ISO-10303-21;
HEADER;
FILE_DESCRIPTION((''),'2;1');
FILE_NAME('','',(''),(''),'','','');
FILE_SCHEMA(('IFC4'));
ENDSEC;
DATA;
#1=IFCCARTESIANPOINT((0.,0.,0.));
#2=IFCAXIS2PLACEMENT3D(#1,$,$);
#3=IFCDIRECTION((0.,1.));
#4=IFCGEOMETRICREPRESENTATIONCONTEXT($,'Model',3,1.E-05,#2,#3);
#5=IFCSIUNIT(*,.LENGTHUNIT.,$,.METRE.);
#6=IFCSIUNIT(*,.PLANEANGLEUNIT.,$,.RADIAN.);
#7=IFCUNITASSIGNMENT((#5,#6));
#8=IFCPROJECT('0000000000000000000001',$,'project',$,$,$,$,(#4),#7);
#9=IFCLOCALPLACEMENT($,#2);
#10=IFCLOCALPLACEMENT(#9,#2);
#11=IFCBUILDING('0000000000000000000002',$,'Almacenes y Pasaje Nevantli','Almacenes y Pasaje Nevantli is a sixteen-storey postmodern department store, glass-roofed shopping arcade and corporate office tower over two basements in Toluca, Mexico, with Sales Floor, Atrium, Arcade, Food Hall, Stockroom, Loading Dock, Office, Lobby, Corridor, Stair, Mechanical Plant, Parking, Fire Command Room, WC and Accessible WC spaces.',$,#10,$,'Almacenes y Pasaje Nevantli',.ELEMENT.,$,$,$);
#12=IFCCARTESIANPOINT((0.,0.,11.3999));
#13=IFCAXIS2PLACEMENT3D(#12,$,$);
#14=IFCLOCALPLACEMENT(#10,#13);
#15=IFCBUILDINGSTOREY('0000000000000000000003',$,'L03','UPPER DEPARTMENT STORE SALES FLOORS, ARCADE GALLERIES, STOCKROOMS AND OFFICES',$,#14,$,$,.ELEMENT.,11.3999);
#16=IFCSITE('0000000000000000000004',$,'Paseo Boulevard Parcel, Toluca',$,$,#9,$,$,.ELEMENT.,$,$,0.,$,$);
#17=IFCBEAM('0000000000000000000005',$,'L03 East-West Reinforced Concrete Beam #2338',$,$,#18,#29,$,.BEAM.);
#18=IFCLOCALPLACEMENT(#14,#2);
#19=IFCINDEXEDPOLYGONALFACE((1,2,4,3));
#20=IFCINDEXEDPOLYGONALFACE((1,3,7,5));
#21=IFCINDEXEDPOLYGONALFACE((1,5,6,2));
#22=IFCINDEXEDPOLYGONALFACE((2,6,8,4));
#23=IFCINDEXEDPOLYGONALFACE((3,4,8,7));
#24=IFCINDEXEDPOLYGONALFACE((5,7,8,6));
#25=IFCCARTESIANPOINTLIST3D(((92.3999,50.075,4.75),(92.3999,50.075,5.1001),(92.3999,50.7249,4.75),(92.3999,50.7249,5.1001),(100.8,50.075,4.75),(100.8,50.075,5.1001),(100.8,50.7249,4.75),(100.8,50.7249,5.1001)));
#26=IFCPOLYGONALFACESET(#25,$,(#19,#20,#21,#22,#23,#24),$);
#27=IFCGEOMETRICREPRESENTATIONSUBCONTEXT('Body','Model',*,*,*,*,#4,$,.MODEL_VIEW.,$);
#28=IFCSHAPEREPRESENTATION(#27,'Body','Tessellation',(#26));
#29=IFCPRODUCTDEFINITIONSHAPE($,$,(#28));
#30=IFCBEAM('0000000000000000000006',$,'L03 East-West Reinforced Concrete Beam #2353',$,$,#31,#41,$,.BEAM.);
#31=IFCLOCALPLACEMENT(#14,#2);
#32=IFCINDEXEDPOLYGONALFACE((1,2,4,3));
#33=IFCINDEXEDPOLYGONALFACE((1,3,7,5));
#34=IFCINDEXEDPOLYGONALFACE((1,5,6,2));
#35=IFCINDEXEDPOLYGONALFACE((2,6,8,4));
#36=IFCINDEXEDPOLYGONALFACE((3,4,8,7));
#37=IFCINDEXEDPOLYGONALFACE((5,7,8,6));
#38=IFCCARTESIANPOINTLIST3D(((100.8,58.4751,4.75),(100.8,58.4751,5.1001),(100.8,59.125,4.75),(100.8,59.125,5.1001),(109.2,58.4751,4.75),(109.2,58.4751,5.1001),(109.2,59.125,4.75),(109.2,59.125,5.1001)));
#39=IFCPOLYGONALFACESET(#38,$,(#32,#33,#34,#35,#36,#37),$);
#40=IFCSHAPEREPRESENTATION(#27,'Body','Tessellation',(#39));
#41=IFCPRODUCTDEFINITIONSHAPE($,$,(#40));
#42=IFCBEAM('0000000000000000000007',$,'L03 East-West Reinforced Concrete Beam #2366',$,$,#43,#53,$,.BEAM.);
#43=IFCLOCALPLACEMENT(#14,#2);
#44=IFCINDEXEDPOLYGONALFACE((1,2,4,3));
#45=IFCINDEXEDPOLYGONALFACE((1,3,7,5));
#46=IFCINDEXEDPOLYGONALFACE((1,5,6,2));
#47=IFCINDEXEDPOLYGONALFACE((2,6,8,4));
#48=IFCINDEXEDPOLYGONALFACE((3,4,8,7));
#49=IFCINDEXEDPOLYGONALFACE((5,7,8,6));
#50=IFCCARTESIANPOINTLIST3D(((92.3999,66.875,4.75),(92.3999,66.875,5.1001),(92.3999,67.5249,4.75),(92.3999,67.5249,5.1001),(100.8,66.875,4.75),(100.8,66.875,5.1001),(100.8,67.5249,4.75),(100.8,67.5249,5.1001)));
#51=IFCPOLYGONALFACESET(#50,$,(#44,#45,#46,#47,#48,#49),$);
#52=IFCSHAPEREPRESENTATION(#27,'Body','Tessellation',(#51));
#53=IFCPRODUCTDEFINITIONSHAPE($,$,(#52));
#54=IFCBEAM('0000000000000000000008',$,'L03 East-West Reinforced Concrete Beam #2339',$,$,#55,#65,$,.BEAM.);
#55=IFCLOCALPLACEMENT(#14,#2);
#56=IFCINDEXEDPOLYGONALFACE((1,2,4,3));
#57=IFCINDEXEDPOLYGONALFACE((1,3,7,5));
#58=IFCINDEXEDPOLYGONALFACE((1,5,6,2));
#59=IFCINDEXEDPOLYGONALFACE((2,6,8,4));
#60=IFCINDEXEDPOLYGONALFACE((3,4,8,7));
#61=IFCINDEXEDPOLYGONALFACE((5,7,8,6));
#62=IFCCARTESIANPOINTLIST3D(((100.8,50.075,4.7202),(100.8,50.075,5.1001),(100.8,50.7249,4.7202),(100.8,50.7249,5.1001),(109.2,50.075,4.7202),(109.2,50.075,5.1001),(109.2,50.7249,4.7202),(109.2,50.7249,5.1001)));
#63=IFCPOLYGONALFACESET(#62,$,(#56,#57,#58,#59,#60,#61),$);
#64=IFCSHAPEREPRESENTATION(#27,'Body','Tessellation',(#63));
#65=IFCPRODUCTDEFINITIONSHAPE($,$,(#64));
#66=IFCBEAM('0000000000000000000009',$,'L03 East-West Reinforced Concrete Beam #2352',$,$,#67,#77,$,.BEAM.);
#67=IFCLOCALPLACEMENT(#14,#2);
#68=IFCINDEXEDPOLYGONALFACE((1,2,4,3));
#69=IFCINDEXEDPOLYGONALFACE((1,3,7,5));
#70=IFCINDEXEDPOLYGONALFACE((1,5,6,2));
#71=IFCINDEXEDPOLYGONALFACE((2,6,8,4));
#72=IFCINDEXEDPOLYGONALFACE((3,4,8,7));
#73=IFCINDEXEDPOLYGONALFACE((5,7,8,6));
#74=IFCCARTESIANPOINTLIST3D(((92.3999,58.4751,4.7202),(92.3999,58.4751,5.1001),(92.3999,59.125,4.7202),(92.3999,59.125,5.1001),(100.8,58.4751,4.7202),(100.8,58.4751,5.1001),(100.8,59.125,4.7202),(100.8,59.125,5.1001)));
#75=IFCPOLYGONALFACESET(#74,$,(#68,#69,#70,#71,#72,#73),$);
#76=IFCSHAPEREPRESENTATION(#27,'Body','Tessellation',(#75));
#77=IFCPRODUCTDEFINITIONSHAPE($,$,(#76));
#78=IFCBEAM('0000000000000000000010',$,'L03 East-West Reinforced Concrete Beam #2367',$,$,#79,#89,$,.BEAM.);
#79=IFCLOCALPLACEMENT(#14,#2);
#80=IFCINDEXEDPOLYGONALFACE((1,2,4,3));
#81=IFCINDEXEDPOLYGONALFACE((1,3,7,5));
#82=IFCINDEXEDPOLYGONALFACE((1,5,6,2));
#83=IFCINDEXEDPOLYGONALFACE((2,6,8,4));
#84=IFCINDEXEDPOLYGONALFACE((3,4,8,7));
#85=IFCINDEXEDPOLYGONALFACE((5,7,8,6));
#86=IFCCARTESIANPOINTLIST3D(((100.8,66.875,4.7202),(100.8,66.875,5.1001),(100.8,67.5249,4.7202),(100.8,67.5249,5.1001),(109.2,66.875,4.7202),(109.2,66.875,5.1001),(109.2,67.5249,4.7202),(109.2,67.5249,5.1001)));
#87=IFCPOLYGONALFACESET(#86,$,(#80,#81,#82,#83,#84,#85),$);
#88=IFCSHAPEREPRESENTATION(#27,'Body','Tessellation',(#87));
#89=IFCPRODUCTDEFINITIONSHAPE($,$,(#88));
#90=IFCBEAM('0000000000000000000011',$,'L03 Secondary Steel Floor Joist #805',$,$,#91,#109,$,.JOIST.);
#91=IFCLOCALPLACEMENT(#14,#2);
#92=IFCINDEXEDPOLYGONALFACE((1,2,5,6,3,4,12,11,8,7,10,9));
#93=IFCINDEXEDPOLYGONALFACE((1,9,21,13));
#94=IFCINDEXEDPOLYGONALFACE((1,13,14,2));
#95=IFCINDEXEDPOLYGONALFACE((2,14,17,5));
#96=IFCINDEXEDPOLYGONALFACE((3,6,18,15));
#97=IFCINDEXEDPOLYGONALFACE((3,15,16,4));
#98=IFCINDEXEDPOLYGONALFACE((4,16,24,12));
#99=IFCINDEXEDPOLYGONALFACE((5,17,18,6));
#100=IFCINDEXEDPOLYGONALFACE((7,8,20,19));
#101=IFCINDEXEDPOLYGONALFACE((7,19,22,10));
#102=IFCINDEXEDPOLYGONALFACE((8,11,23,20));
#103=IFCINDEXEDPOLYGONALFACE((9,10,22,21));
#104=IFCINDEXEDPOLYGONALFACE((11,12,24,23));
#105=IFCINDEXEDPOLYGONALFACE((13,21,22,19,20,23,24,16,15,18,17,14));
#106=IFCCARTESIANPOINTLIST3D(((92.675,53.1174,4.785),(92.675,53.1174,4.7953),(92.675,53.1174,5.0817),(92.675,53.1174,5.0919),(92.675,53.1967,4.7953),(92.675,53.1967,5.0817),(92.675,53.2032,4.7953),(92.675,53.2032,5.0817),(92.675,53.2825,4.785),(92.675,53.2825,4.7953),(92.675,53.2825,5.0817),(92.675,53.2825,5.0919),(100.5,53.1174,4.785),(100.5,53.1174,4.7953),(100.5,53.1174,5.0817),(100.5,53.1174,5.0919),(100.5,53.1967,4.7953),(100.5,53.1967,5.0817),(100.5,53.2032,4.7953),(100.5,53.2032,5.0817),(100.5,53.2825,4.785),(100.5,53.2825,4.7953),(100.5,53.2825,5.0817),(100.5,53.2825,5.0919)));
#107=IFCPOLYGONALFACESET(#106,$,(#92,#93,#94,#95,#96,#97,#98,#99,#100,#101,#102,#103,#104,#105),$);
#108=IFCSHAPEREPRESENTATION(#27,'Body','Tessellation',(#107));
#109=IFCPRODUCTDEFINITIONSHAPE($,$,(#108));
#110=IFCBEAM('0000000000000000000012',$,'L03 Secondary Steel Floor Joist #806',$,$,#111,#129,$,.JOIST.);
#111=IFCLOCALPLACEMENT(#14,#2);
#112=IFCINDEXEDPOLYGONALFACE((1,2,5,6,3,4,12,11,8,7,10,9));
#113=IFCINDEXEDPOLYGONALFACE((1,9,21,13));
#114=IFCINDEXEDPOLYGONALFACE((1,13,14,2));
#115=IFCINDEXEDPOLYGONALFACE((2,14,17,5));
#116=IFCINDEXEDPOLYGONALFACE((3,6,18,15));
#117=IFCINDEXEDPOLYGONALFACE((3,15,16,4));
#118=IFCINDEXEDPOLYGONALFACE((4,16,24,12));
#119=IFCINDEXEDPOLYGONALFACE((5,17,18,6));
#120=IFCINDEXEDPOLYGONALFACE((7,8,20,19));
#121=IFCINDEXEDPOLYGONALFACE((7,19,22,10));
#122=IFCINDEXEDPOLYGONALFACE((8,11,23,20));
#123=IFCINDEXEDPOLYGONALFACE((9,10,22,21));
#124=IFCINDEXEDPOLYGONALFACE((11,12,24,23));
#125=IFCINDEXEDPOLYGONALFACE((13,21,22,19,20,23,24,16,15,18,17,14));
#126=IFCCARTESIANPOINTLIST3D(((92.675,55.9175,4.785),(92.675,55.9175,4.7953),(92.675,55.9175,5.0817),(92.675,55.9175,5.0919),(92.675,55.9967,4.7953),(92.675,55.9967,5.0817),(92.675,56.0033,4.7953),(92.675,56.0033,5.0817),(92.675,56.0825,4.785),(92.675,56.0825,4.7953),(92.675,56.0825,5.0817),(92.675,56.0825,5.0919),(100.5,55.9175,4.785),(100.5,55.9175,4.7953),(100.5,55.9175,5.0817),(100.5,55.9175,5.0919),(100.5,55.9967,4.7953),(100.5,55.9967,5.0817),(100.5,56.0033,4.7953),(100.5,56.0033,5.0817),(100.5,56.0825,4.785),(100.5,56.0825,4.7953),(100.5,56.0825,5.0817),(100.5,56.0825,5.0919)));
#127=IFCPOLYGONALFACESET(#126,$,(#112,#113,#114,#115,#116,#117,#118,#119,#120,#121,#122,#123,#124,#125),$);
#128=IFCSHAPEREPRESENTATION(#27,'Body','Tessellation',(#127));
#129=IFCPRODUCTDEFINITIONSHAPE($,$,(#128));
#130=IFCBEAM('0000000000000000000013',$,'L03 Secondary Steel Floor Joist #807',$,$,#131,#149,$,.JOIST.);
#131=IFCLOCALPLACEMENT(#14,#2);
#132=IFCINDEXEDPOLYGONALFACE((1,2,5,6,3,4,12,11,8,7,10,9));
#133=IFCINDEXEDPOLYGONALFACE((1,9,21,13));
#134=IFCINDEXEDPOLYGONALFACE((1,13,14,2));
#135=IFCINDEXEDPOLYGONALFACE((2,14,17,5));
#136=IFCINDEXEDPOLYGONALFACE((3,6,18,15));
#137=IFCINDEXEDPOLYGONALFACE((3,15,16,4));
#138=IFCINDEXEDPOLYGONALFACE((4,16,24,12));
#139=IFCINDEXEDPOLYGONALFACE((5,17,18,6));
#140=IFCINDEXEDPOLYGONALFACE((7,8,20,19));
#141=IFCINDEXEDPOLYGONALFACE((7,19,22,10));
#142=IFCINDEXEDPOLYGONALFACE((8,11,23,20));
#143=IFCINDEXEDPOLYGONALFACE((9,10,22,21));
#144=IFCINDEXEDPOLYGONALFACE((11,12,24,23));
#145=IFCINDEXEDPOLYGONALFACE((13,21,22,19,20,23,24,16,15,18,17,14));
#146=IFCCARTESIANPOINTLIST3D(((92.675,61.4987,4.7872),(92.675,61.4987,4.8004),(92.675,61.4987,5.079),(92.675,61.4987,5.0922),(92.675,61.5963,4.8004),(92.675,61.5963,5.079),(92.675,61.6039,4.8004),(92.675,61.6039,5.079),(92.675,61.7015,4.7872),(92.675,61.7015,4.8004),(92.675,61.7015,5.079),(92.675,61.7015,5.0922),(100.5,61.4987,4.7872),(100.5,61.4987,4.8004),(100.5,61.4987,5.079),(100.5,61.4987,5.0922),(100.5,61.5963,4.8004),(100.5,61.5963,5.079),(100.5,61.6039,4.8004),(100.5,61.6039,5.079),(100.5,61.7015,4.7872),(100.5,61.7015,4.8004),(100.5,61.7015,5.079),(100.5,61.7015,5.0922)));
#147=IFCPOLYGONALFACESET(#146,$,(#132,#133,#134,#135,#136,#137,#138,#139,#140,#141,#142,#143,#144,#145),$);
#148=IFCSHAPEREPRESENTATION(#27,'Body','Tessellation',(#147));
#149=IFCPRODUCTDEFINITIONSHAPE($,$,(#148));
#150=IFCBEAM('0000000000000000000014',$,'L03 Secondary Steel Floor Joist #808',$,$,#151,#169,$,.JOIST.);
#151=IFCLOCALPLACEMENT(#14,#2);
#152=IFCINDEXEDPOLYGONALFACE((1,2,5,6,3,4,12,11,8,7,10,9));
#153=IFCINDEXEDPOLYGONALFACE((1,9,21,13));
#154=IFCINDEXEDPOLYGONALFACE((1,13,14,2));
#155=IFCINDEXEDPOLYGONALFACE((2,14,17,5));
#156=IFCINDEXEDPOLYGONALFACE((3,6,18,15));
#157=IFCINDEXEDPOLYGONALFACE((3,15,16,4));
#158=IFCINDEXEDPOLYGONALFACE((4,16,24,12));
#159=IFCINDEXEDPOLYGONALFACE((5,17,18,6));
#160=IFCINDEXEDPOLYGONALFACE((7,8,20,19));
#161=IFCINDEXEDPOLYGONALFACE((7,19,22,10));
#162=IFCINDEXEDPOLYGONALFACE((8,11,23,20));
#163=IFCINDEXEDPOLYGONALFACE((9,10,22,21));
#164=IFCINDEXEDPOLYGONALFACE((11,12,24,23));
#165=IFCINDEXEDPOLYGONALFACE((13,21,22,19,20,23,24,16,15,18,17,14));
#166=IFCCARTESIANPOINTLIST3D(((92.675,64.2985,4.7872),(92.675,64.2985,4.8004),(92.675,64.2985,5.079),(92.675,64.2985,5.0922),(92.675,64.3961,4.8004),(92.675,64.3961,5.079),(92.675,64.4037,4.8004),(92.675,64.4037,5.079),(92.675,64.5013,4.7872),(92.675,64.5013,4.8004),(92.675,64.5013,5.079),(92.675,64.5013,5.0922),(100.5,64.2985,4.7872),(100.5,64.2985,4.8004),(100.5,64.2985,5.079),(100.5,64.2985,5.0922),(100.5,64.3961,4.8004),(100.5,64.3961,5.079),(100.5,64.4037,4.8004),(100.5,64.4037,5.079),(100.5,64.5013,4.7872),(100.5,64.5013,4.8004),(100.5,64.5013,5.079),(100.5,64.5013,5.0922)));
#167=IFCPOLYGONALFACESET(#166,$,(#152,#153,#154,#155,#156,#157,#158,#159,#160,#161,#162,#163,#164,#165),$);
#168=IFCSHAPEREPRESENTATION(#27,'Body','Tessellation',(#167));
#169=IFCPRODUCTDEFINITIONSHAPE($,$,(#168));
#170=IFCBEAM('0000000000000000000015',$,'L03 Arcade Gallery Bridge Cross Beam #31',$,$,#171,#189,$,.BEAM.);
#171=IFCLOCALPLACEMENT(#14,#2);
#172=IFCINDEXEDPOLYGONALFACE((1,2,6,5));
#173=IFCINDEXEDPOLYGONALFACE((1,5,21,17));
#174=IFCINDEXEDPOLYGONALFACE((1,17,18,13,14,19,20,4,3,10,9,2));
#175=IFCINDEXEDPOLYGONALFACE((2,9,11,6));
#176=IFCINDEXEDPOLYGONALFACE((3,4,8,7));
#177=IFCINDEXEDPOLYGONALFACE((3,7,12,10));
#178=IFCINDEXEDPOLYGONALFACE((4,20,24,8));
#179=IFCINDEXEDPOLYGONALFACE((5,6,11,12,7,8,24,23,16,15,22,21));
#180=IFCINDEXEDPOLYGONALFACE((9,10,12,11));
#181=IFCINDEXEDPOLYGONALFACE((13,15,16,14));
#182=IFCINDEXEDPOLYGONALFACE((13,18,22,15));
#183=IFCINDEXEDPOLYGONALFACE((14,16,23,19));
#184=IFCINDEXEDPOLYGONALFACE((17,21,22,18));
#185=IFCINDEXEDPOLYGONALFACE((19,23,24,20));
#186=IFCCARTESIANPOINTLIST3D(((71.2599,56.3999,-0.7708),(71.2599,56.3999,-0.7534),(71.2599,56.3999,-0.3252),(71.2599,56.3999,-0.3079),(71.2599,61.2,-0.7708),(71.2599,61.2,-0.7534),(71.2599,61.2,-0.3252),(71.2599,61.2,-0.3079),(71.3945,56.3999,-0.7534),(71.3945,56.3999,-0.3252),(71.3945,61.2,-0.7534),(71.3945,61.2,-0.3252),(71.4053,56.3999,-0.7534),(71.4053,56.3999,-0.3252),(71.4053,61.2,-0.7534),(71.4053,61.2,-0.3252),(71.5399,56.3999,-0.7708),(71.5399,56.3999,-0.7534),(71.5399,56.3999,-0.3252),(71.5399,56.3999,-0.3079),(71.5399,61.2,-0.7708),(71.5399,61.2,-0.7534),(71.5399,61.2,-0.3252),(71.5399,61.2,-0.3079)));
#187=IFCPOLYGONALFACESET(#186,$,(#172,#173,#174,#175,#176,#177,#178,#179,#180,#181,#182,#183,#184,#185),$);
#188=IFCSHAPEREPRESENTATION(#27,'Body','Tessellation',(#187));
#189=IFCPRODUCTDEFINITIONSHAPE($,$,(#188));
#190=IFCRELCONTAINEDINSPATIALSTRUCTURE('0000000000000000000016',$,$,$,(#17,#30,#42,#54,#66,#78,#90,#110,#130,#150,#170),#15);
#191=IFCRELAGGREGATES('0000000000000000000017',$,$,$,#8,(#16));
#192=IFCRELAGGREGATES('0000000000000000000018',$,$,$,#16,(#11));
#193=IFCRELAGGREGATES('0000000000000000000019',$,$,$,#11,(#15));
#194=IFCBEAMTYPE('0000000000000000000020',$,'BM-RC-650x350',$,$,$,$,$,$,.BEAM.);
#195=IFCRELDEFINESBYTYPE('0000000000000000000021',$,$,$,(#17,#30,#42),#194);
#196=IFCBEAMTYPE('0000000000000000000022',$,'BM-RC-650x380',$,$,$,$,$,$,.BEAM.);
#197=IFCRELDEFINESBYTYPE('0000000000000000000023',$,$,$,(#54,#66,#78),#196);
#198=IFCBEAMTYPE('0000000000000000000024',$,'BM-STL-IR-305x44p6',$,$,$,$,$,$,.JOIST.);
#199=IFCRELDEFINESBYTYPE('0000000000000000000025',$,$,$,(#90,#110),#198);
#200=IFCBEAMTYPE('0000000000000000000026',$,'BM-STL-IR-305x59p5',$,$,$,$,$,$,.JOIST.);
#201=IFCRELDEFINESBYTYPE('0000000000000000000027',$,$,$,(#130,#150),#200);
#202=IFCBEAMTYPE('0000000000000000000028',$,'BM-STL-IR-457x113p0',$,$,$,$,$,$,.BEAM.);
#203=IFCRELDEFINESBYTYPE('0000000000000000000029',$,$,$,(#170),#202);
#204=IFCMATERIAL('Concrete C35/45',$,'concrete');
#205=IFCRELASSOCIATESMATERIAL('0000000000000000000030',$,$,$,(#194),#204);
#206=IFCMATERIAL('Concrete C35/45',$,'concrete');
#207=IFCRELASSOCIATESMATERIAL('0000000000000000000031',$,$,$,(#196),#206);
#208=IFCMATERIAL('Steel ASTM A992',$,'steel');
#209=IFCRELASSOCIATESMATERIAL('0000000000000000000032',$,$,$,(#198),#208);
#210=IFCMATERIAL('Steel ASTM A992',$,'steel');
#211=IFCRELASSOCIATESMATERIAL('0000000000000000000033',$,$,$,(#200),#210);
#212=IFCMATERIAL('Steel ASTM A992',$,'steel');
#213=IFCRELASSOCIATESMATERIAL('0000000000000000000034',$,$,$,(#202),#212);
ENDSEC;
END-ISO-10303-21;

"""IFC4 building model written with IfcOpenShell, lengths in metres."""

from ifc_helpers import new_model, si_unit, direction, frame, origin, origin_2d, place, context, subcontext, project, spatial, rectangle, i_section, extrude, material, material_profile, profile_set, type_object, element, save


model = new_model("IFC4")

# Units and contexts
model_context = context("Model", 3, precision=1e-05, world=origin(), true_north=direction((0.0, 1.0)))
body_context = subcontext(model_context, "Body", "Model", "MODEL_VIEW")
ifc_project = project(units=[si_unit("LENGTHUNIT", "METRE"), si_unit("PLANEANGLEUNIT", "RADIAN")], contexts=[model_context])

# Site, building, storey
site_placement = place(None, origin())
site = spatial("IfcSite", under=ifc_project, at=site_placement, Name="Paseo Boulevard Parcel, Toluca", CompositionType="ELEMENT", RefElevation=0.0)
building_placement = place(site_placement, origin())
building = spatial("IfcBuilding", under=site, at=building_placement, Name="Almacenes y Pasaje Nevantli", Description="Almacenes y Pasaje Nevantli is a sixteen-storey postmodern department store, glass-roofed shopping arcade and corporate office tower over two basements in Toluca, Mexico, with Sales Floor, Atrium, Arcade, Food Hall, Stockroom, Loading Dock, Office, Lobby, Corridor, Stair, Mechanical Plant, Parking, Fire Command Room, WC and Accessible WC spaces.", LongName="Almacenes y Pasaje Nevantli", CompositionType="ELEMENT")
storey_placement = place(building_placement, frame((0.0, 0.0, 11.3999)))
storey = spatial("IfcBuildingStorey", under=building, at=storey_placement, Name="L03", Description="UPPER DEPARTMENT STORE SALES FLOORS, ARCADE GALLERIES, STOCKROOMS AND OFFICES", CompositionType="ELEMENT", Elevation=11.3999)

# Beams
ifc_material_1 = material(Name="Concrete C35/45", Category="concrete")
ifc_material_profile_1 = material_profile(ifc_material_1, rectangle(XDim=0.6499, YDim=0.3501, at=origin_2d()), Name="RC-BM-650x350")
ifc_profile_set_1 = profile_set([ifc_material_profile_1], Name="Concrete C35/45")
beam_type_1 = type_object("IfcBeamType", Name="BM-RC-650x350", PredefinedType="BEAM", material=ifc_profile_set_1)
beam_1_placement = place(storey_placement, frame((92.3999, 50.3999, 4.925), z_axis=(1.0, 0.0, 0.0), x_axis=(0.0, 1.0, 0.0)))
element("IfcBeam", 1, at=beam_1_placement, inside=storey, type_object=beam_type_1, Name="L03 East-West Reinforced Concrete Beam #2338", PredefinedType="BEAM", context=body_context, shape_type="SweptSolid", body=[
    extrude(rectangle(XDim=0.6499, YDim=0.3501, at=origin_2d()), origin(), (0.0, 0.0, 1.0), 8.4001),
])
beam_2_placement = place(storey_placement, frame((100.8, 58.8, 4.925), z_axis=(1.0, 0.0, 0.0), x_axis=(0.0, 1.0, 0.0)))
element("IfcBeam", 2, at=beam_2_placement, inside=storey, type_object=beam_type_1, Name="L03 East-West Reinforced Concrete Beam #2353", PredefinedType="BEAM", context=body_context, shape_type="SweptSolid", body=[
    extrude(rectangle(XDim=0.6499, YDim=0.3501, at=origin_2d()), origin(), (0.0, 0.0, 1.0), 8.3999),
])
beam_3_placement = place(storey_placement, frame((92.3999, 67.2, 4.925), z_axis=(1.0, 0.0, 0.0), x_axis=(0.0, 1.0, 0.0)))
element("IfcBeam", 3, at=beam_3_placement, inside=storey, type_object=beam_type_1, Name="L03 East-West Reinforced Concrete Beam #2366", PredefinedType="BEAM", context=body_context, shape_type="SweptSolid", body=[
    extrude(rectangle(XDim=0.6499, YDim=0.3501, at=origin_2d()), origin(), (0.0, 0.0, 1.0), 8.4001),
])
ifc_material_2 = material(Name="Concrete C35/45", Category="concrete")
ifc_material_profile_2 = material_profile(ifc_material_2, rectangle(XDim=0.6499, YDim=0.3799, at=origin_2d()), Name="RC-BM-650x380")
ifc_profile_set_2 = profile_set([ifc_material_profile_2], Name="Concrete C35/45")
beam_type_2 = type_object("IfcBeamType", Name="BM-RC-650x380", PredefinedType="BEAM", material=ifc_profile_set_2)
beam_4_placement = place(storey_placement, frame((100.8, 50.3999, 4.9102), z_axis=(1.0, 0.0, 0.0), x_axis=(0.0, 1.0, 0.0)))
element("IfcBeam", 4, at=beam_4_placement, inside=storey, type_object=beam_type_2, Name="L03 East-West Reinforced Concrete Beam #2339", PredefinedType="BEAM", context=body_context, shape_type="SweptSolid", body=[
    extrude(rectangle(XDim=0.6499, YDim=0.3799, at=origin_2d()), origin(), (0.0, 0.0, 1.0), 8.3999),
])
beam_5_placement = place(storey_placement, frame((92.3999, 58.8, 4.9102), z_axis=(1.0, 0.0, 0.0), x_axis=(0.0, 1.0, 0.0)))
element("IfcBeam", 5, at=beam_5_placement, inside=storey, type_object=beam_type_2, Name="L03 East-West Reinforced Concrete Beam #2352", PredefinedType="BEAM", context=body_context, shape_type="SweptSolid", body=[
    extrude(rectangle(XDim=0.6499, YDim=0.3799, at=origin_2d()), origin(), (0.0, 0.0, 1.0), 8.4001),
])
beam_6_placement = place(storey_placement, frame((100.8, 67.2, 4.9102), z_axis=(1.0, 0.0, 0.0), x_axis=(0.0, 1.0, 0.0)))
element("IfcBeam", 6, at=beam_6_placement, inside=storey, type_object=beam_type_2, Name="L03 East-West Reinforced Concrete Beam #2367", PredefinedType="BEAM", context=body_context, shape_type="SweptSolid", body=[
    extrude(rectangle(XDim=0.6499, YDim=0.3799, at=origin_2d()), origin(), (0.0, 0.0, 1.0), 8.3999),
])
ifc_material_3 = material(Name="Steel ASTM A992", Category="steel")
ifc_material_profile_3 = material_profile(ifc_material_3, i_section(OverallWidth=0.165, OverallDepth=0.3069, WebThickness=0.0066, FlangeThickness=0.0103, at=origin_2d()), Name="IR 305x44.6")
ifc_profile_set_3 = profile_set([ifc_material_profile_3], Name="Steel ASTM A992")
beam_type_3 = type_object("IfcBeamType", Name="BM-STL-IR-305x44p6", PredefinedType="JOIST", material=ifc_profile_set_3)
for number, where, z_axis, x_axis, name in (
    (7, (92.675, 53.2, 4.9385), (1.0, 0.0, 0.0), (0.0, 1.0, 0.0), "L03 Secondary Steel Floor Joist #805"),
    (8, (92.675, 56.0, 4.9385), (1.0, 0.0, 0.0), (0.0, 1.0, 0.0), "L03 Secondary Steel Floor Joist #806"),
):
    element("IfcBeam", number, at=place(storey_placement, frame(where, z_axis=z_axis, x_axis=x_axis)), inside=storey, type_object=beam_type_3, Name=name, PredefinedType="JOIST", context=body_context, shape_type="SweptSolid", body=[
        extrude(i_section(OverallWidth=0.165, OverallDepth=0.3069, WebThickness=0.0066, FlangeThickness=0.0103, at=origin_2d()), origin(), (0.0, 0.0, 1.0), 7.825),
    ])
ifc_material_4 = material(Name="Steel ASTM A992", Category="steel")
ifc_material_profile_4 = material_profile(ifc_material_4, i_section(OverallWidth=0.2029, OverallDepth=0.3049, WebThickness=0.0076, FlangeThickness=0.0132, at=origin_2d()), Name="IR 305x59.5")
ifc_profile_set_4 = profile_set([ifc_material_profile_4], Name="Steel ASTM A992")
beam_type_4 = type_object("IfcBeamType", Name="BM-STL-IR-305x59p5", PredefinedType="JOIST", material=ifc_profile_set_4)
for number, where, z_axis, x_axis, name in (
    (9, (92.675, 61.6001, 4.9397), (1.0, 0.0, 0.0), (0.0, 1.0, 0.0), "L03 Secondary Steel Floor Joist #807"),
    (10, (92.675, 64.3999, 4.9397), (1.0, 0.0, 0.0), (0.0, 1.0, 0.0), "L03 Secondary Steel Floor Joist #808"),
):
    element("IfcBeam", number, at=place(storey_placement, frame(where, z_axis=z_axis, x_axis=x_axis)), inside=storey, type_object=beam_type_4, Name=name, PredefinedType="JOIST", context=body_context, shape_type="SweptSolid", body=[
        extrude(i_section(OverallWidth=0.2029, OverallDepth=0.3049, WebThickness=0.0076, FlangeThickness=0.0132, at=origin_2d()), origin(), (0.0, 0.0, 1.0), 7.825),
    ])
ifc_material_5 = material(Name="Steel ASTM A992", Category="steel")
ifc_material_profile_5 = material_profile(ifc_material_5, i_section(OverallWidth=0.28, OverallDepth=0.4629, WebThickness=0.0107, FlangeThickness=0.0173, at=origin_2d()), Name="IR 457x113.0")
ifc_profile_set_5 = profile_set([ifc_material_profile_5], Name="Steel ASTM A992")
beam_type_5 = type_object("IfcBeamType", Name="BM-STL-IR-457x113p0", PredefinedType="BEAM", material=ifc_profile_set_5)
for number, where, z_axis, x_axis, name in (
    (11, (71.3999, 56.3999, -0.5393), (0.0, 1.0, 0.0), (-1.0, 0.0, 0.0), "L03 Arcade Gallery Bridge Cross Beam #31"),
):
    element("IfcBeam", number, at=place(storey_placement, frame(where, z_axis=z_axis, x_axis=x_axis)), inside=storey, type_object=beam_type_5, Name=name, PredefinedType="BEAM", context=body_context, shape_type="SweptSolid", body=[
        extrude(i_section(OverallWidth=0.28, OverallDepth=0.4629, WebThickness=0.0107, FlangeThickness=0.0173, at=origin_2d()), origin(), (0.0, 0.0, 1.0), 4.8),
    ])

save(model, "model.ifc")
